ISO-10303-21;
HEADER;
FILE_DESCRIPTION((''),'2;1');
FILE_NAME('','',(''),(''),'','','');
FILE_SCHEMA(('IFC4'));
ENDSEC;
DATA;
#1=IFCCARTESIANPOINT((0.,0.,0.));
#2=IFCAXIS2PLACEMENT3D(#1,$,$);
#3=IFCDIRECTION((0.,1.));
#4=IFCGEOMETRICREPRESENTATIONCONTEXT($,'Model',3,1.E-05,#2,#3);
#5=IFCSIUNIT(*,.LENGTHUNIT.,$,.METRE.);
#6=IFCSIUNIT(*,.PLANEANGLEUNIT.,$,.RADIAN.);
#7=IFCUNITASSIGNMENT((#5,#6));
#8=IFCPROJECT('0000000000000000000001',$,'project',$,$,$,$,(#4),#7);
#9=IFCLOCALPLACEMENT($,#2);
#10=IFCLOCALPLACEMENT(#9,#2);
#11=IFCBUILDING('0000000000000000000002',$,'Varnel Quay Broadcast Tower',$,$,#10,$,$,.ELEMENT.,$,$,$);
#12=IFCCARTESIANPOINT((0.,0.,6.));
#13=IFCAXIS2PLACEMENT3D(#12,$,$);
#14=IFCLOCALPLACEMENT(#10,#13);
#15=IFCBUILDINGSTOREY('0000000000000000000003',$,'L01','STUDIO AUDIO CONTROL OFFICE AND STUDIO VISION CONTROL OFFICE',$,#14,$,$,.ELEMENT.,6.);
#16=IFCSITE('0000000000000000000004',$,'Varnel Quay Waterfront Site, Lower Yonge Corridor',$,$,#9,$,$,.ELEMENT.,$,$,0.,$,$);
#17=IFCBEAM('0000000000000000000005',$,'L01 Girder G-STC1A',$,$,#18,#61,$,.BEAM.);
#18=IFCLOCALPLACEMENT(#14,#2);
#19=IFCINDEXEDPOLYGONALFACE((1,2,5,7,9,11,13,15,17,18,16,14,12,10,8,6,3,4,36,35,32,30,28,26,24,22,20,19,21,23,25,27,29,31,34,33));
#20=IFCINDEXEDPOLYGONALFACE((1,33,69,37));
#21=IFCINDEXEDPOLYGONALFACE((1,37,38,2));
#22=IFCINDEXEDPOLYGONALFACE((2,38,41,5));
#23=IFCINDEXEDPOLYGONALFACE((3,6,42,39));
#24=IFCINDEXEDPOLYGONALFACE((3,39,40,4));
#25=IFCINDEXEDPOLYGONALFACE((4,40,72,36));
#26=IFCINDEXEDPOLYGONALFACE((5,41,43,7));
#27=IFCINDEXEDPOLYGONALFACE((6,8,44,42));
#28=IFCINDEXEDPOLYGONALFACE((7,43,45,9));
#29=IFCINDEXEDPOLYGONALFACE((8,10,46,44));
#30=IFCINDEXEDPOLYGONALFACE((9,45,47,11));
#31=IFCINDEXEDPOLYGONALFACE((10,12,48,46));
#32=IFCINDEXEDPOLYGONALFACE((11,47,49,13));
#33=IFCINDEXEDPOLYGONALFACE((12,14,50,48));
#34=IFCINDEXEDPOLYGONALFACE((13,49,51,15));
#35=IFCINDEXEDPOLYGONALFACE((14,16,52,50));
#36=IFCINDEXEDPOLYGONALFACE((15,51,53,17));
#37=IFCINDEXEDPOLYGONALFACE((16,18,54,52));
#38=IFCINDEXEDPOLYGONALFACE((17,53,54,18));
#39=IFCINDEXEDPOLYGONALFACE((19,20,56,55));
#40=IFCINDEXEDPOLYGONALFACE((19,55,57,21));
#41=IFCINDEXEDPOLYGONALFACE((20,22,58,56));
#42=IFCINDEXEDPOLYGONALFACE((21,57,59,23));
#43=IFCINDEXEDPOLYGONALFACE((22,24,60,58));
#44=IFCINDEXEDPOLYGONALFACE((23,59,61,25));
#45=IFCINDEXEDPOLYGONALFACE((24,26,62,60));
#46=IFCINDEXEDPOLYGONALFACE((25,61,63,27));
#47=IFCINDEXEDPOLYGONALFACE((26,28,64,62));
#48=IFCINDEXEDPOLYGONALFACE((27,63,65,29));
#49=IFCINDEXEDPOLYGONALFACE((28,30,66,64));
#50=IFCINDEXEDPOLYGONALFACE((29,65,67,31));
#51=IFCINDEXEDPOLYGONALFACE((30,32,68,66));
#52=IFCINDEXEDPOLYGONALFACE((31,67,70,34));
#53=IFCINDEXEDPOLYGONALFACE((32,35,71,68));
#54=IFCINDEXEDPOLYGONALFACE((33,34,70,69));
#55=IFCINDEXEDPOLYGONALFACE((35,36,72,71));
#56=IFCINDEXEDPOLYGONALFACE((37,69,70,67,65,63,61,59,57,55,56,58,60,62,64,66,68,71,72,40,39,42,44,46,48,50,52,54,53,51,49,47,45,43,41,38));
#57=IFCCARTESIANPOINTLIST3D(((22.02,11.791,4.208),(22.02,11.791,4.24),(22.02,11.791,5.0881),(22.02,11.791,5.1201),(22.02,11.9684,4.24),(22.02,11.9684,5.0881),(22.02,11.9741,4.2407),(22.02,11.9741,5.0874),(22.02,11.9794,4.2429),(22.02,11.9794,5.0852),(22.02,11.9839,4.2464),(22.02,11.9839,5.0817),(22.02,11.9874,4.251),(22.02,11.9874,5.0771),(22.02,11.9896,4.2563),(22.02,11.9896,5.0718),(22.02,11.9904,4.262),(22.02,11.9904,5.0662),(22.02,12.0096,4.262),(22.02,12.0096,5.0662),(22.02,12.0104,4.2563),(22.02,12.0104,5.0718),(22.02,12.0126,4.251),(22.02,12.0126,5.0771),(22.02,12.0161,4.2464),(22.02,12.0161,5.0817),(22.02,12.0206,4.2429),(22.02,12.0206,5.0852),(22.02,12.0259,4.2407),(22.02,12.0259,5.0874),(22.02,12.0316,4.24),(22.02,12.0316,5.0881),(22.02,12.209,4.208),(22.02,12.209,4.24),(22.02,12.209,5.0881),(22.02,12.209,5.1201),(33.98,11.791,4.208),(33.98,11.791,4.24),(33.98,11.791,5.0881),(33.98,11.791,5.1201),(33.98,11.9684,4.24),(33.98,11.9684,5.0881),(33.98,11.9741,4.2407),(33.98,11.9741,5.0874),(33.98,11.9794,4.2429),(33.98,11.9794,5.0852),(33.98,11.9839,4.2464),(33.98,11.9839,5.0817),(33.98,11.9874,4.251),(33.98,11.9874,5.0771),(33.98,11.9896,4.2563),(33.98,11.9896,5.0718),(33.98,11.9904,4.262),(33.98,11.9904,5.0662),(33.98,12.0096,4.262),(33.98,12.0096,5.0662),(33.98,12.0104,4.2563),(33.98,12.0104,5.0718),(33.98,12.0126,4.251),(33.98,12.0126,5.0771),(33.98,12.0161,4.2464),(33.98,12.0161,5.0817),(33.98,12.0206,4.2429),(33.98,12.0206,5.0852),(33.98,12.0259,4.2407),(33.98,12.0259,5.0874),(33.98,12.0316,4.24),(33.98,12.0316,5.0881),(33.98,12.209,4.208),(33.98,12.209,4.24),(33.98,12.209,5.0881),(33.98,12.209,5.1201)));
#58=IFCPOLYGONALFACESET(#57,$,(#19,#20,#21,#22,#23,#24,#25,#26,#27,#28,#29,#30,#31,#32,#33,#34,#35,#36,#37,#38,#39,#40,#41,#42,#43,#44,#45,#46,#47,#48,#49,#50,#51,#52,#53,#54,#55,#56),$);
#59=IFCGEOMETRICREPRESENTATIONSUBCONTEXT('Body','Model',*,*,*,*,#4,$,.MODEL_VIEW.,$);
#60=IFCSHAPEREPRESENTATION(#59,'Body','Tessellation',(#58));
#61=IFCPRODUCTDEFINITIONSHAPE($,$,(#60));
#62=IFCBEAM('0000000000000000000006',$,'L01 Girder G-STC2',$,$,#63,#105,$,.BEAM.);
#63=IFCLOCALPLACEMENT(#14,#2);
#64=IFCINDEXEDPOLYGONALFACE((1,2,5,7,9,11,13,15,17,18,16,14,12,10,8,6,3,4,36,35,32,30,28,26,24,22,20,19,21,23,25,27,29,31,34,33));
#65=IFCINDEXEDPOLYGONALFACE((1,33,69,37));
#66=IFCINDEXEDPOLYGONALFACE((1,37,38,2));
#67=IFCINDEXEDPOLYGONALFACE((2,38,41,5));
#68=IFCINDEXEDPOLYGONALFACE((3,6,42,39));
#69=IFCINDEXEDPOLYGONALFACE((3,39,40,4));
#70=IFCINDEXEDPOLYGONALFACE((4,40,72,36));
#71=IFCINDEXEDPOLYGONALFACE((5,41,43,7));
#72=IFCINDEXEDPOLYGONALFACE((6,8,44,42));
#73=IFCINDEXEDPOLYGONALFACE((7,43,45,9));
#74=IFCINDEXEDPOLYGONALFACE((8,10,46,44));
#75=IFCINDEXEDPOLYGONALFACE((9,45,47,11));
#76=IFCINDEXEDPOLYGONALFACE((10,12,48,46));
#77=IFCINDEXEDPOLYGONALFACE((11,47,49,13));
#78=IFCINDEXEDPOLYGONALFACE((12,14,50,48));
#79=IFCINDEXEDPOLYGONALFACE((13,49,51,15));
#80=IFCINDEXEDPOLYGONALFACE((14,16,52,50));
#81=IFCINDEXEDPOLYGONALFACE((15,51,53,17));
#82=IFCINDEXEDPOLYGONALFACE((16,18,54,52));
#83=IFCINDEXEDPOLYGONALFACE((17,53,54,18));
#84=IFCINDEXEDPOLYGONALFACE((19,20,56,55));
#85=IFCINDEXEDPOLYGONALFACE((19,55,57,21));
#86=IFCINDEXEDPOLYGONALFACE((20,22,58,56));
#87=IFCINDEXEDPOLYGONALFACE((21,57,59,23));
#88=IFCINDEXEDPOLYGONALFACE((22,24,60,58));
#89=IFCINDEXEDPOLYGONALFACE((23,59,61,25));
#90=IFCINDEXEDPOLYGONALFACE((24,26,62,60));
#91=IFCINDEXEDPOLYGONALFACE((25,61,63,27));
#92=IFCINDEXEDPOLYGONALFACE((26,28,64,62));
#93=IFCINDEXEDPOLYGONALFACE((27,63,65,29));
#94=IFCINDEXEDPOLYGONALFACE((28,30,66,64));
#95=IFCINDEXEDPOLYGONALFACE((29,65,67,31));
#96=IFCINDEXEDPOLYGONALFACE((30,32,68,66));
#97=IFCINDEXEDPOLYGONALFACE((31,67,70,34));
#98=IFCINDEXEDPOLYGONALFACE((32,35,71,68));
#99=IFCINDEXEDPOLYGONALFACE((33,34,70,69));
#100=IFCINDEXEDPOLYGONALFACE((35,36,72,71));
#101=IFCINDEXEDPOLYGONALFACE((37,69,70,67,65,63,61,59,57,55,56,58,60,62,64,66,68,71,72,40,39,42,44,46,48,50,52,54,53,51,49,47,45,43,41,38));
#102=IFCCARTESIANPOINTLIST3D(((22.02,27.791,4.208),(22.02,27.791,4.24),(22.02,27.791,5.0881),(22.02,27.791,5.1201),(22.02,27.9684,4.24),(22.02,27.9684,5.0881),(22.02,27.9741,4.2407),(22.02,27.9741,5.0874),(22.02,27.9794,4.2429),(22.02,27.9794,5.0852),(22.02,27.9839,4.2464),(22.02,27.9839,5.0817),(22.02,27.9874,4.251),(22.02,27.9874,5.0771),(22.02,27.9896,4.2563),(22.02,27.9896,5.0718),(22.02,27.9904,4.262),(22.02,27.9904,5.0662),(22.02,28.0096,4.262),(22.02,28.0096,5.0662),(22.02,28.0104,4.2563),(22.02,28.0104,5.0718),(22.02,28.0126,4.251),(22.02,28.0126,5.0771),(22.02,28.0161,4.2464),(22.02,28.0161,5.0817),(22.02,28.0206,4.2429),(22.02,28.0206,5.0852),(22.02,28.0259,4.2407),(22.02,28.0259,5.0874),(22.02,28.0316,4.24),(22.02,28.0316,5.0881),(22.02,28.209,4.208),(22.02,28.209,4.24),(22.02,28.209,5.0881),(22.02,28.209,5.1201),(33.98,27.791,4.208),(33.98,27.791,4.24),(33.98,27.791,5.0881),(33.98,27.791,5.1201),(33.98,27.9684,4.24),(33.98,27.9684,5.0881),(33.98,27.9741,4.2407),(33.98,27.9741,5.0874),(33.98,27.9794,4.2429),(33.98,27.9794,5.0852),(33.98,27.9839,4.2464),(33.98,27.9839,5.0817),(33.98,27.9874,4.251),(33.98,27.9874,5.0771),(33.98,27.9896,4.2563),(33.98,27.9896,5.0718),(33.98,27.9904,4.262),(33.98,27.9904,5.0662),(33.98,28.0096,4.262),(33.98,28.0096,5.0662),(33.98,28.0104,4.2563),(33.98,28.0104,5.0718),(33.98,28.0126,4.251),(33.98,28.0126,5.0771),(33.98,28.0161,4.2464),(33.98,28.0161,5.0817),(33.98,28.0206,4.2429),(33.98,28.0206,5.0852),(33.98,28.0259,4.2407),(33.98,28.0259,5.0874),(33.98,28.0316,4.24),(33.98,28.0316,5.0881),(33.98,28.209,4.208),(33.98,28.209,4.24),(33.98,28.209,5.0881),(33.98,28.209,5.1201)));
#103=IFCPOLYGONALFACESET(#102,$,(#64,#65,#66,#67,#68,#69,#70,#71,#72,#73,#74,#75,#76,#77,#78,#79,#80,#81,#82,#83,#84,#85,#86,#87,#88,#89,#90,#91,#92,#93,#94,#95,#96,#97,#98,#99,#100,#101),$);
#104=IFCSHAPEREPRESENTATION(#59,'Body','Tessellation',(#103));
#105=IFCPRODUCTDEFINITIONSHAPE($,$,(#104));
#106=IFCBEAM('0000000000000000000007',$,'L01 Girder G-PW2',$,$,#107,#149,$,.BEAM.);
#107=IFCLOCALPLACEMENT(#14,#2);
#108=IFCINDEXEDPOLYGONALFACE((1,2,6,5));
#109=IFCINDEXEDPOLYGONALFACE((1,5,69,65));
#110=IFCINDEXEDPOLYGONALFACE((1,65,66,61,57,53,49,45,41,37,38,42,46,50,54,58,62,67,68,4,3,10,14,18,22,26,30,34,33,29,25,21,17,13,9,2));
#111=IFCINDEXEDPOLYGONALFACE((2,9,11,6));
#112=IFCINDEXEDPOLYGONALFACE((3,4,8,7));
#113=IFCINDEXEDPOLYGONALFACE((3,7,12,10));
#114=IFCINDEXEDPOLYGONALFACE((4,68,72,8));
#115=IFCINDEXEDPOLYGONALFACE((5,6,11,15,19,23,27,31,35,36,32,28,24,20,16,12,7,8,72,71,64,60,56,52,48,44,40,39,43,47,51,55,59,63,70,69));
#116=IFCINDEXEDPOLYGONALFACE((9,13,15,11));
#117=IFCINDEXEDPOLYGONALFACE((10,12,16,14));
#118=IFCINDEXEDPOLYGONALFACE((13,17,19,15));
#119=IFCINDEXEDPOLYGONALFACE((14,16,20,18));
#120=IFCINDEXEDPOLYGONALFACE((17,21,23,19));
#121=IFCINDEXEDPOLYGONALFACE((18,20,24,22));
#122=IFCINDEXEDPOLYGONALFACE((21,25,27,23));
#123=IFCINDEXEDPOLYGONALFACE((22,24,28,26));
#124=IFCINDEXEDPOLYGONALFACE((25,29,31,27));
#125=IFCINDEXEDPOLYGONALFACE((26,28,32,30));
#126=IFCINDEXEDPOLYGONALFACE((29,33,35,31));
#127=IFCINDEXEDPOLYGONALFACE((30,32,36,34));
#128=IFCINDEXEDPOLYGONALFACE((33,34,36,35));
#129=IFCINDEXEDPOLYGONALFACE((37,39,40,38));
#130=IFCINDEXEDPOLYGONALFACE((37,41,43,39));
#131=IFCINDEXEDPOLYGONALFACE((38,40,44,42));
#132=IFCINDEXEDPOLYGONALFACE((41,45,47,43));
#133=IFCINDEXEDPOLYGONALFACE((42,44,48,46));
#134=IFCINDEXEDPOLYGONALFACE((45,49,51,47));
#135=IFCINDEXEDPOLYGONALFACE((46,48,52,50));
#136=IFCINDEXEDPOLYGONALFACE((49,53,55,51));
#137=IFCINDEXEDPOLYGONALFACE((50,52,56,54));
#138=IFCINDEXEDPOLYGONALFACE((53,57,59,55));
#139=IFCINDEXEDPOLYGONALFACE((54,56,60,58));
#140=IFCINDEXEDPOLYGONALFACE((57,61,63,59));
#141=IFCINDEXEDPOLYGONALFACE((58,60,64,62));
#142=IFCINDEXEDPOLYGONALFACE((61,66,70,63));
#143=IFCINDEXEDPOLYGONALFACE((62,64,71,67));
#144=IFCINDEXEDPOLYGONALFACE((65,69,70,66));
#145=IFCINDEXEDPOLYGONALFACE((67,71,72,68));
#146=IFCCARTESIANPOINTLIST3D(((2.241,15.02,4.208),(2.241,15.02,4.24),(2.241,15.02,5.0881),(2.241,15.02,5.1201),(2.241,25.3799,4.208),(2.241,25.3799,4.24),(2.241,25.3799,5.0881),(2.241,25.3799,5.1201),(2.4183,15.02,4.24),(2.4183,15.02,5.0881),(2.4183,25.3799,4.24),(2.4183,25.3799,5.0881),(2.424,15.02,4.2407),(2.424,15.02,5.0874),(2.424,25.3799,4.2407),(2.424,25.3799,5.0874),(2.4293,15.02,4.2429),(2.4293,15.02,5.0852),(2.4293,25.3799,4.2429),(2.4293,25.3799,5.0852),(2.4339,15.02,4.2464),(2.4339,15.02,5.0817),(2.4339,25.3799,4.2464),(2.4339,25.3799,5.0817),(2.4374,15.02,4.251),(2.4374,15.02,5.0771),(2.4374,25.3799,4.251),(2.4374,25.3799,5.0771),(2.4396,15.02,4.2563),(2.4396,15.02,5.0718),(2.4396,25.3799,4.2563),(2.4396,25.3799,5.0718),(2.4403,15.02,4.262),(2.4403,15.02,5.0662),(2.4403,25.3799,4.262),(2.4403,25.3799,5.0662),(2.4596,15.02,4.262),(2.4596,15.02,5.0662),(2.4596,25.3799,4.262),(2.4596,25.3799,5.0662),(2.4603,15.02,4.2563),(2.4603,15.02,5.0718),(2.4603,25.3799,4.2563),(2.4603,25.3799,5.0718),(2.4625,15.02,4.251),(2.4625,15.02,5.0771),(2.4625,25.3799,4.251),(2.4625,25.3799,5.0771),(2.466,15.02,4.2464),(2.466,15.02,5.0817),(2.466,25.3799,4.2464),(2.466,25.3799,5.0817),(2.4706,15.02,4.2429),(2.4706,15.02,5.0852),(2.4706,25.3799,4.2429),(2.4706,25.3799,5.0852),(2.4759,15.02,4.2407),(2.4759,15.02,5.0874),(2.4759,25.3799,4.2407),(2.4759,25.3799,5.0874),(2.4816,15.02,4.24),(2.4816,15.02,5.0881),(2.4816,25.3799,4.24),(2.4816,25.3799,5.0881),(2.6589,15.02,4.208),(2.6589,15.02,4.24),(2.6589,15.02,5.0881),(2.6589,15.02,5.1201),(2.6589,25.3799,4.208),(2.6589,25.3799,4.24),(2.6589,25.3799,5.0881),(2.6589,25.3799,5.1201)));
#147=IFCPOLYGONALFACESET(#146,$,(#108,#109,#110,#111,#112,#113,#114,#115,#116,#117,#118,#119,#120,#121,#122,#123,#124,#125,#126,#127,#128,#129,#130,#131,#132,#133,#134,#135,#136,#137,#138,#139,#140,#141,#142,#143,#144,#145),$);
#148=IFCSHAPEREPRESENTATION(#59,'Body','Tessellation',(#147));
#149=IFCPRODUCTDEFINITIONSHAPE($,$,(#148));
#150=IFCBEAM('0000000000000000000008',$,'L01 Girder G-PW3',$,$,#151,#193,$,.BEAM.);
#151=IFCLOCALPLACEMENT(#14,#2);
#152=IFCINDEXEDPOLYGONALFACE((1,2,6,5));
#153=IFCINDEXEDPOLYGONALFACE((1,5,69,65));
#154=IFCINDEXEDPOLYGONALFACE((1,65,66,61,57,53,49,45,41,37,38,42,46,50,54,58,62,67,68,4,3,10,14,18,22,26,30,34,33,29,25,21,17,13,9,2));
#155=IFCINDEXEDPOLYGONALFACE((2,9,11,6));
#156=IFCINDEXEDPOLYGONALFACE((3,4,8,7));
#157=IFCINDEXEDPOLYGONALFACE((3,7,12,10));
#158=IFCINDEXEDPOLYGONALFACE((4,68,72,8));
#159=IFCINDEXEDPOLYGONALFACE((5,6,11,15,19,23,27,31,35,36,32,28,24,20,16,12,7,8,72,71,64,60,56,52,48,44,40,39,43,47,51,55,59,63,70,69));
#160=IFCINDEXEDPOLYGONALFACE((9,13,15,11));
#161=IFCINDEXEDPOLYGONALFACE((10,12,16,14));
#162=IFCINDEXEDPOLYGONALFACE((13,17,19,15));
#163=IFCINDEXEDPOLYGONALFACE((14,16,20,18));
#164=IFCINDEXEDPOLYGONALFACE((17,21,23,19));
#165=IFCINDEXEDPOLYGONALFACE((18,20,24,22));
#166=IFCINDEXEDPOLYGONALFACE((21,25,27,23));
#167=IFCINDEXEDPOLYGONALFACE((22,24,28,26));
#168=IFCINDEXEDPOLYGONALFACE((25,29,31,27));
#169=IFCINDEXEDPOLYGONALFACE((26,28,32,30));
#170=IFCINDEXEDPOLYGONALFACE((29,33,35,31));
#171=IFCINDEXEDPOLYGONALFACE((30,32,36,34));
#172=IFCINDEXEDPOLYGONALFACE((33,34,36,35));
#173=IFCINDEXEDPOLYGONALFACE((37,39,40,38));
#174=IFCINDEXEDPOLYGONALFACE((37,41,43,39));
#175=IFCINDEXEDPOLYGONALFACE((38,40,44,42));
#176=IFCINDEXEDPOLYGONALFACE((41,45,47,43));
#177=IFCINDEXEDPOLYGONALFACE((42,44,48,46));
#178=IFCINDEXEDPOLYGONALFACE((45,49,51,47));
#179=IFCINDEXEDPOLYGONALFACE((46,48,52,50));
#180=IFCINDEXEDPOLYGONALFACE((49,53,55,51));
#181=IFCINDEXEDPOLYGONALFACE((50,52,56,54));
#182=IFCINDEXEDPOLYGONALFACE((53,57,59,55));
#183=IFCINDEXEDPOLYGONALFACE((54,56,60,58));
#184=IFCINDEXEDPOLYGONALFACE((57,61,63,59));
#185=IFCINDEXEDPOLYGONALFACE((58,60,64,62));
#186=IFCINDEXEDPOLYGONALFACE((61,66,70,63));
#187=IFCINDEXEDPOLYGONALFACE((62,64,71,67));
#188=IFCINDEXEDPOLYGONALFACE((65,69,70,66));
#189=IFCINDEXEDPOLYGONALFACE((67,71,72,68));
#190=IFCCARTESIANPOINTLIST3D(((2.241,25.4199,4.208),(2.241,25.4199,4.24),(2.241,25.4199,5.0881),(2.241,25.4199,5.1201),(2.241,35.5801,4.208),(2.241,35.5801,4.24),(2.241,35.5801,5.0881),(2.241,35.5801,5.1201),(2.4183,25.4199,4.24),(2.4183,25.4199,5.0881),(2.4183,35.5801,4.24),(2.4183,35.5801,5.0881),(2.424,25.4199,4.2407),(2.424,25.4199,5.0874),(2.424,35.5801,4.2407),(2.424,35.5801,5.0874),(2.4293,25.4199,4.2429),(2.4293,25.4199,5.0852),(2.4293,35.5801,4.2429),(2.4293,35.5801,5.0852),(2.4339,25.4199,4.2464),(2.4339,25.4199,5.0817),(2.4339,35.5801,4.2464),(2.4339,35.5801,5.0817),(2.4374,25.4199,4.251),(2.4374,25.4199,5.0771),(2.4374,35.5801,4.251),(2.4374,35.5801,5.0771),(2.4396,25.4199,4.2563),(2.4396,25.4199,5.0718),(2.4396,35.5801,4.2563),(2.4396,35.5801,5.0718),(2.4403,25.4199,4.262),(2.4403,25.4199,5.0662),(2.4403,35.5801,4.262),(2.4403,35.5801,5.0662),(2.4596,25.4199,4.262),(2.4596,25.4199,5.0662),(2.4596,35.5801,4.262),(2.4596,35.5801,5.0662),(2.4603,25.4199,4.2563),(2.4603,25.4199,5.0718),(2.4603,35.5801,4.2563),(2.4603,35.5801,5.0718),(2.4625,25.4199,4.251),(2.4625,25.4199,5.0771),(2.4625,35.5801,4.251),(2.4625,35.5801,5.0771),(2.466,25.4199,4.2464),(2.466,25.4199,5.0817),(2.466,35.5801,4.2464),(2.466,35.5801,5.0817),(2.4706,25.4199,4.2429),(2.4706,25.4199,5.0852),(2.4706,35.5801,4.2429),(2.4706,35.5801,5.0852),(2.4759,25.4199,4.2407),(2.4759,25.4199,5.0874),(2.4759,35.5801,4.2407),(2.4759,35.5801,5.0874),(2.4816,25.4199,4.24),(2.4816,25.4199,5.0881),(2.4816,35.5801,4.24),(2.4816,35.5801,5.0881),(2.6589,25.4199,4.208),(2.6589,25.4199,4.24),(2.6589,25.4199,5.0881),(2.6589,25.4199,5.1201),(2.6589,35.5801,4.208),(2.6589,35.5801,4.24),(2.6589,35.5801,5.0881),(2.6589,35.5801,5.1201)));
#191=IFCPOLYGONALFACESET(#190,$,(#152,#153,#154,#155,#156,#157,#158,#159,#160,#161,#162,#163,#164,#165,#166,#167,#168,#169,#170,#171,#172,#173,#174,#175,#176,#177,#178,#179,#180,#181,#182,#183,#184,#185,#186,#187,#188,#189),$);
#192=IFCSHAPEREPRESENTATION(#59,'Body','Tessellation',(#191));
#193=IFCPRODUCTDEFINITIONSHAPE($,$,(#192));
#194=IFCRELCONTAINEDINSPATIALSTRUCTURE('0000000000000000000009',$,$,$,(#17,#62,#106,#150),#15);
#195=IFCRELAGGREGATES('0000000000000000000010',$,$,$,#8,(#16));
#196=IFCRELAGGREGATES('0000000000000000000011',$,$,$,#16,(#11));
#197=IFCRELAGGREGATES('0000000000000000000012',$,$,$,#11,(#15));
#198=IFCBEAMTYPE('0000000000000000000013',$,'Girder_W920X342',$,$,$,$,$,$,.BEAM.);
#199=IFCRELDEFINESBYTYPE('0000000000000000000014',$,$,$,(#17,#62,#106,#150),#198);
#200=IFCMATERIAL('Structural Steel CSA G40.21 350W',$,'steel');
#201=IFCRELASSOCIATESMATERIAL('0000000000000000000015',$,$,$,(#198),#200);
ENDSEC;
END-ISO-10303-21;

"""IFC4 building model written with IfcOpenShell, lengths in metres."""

from ifc_helpers import new_model, si_unit, direction, frame, origin, origin_2d, place, context, subcontext, project, spatial, i_section, extrude, source, transform, mapped, material, material_profile, profile_set, type_object, element, save


model = new_model("IFC4")

# Units and contexts
model_context = context("Model", 3, precision=1e-05, world=origin(), true_north=direction((0.0, 1.0)))
body_context = subcontext(model_context, "Body", "Model", "MODEL_VIEW")
ifc_project = project(units=[si_unit("LENGTHUNIT", "METRE"), si_unit("PLANEANGLEUNIT", "RADIAN")], contexts=[model_context])

# Site, building, storey
site_placement = place(None, origin())
site = spatial("IfcSite", under=ifc_project, at=site_placement, Name="Varnel Quay Waterfront Site, Lower Yonge Corridor", CompositionType="ELEMENT", RefElevation=0.0)
building_placement = place(site_placement, origin())
building = spatial("IfcBuilding", under=site, at=building_placement, Name="Varnel Quay Broadcast Tower", CompositionType="ELEMENT")
storey_placement = place(building_placement, frame((0.0, 0.0, 6.0)))
storey = spatial("IfcBuildingStorey", under=building, at=storey_placement, Name="L01", Description="STUDIO AUDIO CONTROL OFFICE AND STUDIO VISION CONTROL OFFICE", CompositionType="ELEMENT", Elevation=6.0)

# Shared definitions
ifc_material_1 = material(Name="Structural Steel CSA G40.21 350W", Category="steel")

# Beams
ifc_material_profile_1 = material_profile(ifc_material_1, i_section(OverallWidth=0.418, OverallDepth=0.9121, WebThickness=0.0193, FlangeThickness=0.032, FilletRadius=0.022, at=origin_2d()), Name="W920X342")
ifc_profile_set_1 = profile_set([ifc_material_profile_1], Name="Structural Steel CSA G40.21 350W")
beam_type = type_object("IfcBeamType", Name="Girder_W920X342", PredefinedType="BEAM", material=ifc_profile_set_1)
shared_shape_1 = source(origin(), body_context, "Body", "SweptSolid", [
    extrude(i_section(OverallWidth=0.418, OverallDepth=0.9121, WebThickness=0.0193, FlangeThickness=0.032, FilletRadius=0.022, at=origin_2d()), origin(), (0.0, 0.0, 1.0), 11.96),
])
for number, where, z_axis, x_axis, name in (
    (1, (22.02, 12.0, 4.6641), (1.0, 0.0, 0.0), (0.0, 1.0, 0.0), "L01 Girder G-STC1A"),
    (2, (22.02, 28.0, 4.6641), (1.0, 0.0, 0.0), (0.0, 1.0, 0.0), "L01 Girder G-STC2"),
):
    element("IfcBeam", number, at=place(storey_placement, frame(where, z_axis=z_axis, x_axis=x_axis)), inside=storey, type_object=beam_type, Name=name, PredefinedType="BEAM", context=body_context, shape_type="MappedRepresentation", body=[
        mapped(shared_shape_1, transform((0.0, 0.0, 0.0), x_axis=(1.0, 0.0, 0.0), y_axis=(0.0, 1.0, 0.0), z_axis=(0.0, 0.0, 1.0), scale=1.0)),
    ])
shared_shape_2 = source(origin(), body_context, "Body", "SweptSolid", [
    extrude(i_section(OverallWidth=0.418, OverallDepth=0.9121, WebThickness=0.0193, FlangeThickness=0.032, FilletRadius=0.022, at=origin_2d()), origin(), (0.0, 0.0, 1.0), 10.3599),
])
beam_1_placement = place(storey_placement, frame((2.45, 15.02, 4.6641), z_axis=(0.0, 1.0, 0.0), x_axis=(-1.0, 0.0, 0.0)))
element("IfcBeam", 3, at=beam_1_placement, inside=storey, type_object=beam_type, Name="L01 Girder G-PW2", PredefinedType="BEAM", context=body_context, shape_type="MappedRepresentation", body=[
    mapped(shared_shape_2, transform((0.0, 0.0, 0.0), x_axis=(1.0, 0.0, 0.0), y_axis=(0.0, 1.0, 0.0), z_axis=(0.0, 0.0, 1.0), scale=1.0)),
])
shared_shape_3 = source(origin(), body_context, "Body", "SweptSolid", [
    extrude(i_section(OverallWidth=0.418, OverallDepth=0.9121, WebThickness=0.0193, FlangeThickness=0.032, FilletRadius=0.022, at=origin_2d()), origin(), (0.0, 0.0, 1.0), 10.1602),
])
beam_2_placement = place(storey_placement, frame((2.45, 25.4199, 4.6641), z_axis=(0.0, 1.0, 0.0), x_axis=(-1.0, 0.0, 0.0)))
element("IfcBeam", 4, at=beam_2_placement, inside=storey, type_object=beam_type, Name="L01 Girder G-PW3", PredefinedType="BEAM", context=body_context, shape_type="MappedRepresentation", body=[
    mapped(shared_shape_3, transform((0.0, 0.0, 0.0), x_axis=(1.0, 0.0, 0.0), y_axis=(0.0, 1.0, 0.0), z_axis=(0.0, 0.0, 1.0), scale=1.0)),
])

save(model, "model.ifc")
